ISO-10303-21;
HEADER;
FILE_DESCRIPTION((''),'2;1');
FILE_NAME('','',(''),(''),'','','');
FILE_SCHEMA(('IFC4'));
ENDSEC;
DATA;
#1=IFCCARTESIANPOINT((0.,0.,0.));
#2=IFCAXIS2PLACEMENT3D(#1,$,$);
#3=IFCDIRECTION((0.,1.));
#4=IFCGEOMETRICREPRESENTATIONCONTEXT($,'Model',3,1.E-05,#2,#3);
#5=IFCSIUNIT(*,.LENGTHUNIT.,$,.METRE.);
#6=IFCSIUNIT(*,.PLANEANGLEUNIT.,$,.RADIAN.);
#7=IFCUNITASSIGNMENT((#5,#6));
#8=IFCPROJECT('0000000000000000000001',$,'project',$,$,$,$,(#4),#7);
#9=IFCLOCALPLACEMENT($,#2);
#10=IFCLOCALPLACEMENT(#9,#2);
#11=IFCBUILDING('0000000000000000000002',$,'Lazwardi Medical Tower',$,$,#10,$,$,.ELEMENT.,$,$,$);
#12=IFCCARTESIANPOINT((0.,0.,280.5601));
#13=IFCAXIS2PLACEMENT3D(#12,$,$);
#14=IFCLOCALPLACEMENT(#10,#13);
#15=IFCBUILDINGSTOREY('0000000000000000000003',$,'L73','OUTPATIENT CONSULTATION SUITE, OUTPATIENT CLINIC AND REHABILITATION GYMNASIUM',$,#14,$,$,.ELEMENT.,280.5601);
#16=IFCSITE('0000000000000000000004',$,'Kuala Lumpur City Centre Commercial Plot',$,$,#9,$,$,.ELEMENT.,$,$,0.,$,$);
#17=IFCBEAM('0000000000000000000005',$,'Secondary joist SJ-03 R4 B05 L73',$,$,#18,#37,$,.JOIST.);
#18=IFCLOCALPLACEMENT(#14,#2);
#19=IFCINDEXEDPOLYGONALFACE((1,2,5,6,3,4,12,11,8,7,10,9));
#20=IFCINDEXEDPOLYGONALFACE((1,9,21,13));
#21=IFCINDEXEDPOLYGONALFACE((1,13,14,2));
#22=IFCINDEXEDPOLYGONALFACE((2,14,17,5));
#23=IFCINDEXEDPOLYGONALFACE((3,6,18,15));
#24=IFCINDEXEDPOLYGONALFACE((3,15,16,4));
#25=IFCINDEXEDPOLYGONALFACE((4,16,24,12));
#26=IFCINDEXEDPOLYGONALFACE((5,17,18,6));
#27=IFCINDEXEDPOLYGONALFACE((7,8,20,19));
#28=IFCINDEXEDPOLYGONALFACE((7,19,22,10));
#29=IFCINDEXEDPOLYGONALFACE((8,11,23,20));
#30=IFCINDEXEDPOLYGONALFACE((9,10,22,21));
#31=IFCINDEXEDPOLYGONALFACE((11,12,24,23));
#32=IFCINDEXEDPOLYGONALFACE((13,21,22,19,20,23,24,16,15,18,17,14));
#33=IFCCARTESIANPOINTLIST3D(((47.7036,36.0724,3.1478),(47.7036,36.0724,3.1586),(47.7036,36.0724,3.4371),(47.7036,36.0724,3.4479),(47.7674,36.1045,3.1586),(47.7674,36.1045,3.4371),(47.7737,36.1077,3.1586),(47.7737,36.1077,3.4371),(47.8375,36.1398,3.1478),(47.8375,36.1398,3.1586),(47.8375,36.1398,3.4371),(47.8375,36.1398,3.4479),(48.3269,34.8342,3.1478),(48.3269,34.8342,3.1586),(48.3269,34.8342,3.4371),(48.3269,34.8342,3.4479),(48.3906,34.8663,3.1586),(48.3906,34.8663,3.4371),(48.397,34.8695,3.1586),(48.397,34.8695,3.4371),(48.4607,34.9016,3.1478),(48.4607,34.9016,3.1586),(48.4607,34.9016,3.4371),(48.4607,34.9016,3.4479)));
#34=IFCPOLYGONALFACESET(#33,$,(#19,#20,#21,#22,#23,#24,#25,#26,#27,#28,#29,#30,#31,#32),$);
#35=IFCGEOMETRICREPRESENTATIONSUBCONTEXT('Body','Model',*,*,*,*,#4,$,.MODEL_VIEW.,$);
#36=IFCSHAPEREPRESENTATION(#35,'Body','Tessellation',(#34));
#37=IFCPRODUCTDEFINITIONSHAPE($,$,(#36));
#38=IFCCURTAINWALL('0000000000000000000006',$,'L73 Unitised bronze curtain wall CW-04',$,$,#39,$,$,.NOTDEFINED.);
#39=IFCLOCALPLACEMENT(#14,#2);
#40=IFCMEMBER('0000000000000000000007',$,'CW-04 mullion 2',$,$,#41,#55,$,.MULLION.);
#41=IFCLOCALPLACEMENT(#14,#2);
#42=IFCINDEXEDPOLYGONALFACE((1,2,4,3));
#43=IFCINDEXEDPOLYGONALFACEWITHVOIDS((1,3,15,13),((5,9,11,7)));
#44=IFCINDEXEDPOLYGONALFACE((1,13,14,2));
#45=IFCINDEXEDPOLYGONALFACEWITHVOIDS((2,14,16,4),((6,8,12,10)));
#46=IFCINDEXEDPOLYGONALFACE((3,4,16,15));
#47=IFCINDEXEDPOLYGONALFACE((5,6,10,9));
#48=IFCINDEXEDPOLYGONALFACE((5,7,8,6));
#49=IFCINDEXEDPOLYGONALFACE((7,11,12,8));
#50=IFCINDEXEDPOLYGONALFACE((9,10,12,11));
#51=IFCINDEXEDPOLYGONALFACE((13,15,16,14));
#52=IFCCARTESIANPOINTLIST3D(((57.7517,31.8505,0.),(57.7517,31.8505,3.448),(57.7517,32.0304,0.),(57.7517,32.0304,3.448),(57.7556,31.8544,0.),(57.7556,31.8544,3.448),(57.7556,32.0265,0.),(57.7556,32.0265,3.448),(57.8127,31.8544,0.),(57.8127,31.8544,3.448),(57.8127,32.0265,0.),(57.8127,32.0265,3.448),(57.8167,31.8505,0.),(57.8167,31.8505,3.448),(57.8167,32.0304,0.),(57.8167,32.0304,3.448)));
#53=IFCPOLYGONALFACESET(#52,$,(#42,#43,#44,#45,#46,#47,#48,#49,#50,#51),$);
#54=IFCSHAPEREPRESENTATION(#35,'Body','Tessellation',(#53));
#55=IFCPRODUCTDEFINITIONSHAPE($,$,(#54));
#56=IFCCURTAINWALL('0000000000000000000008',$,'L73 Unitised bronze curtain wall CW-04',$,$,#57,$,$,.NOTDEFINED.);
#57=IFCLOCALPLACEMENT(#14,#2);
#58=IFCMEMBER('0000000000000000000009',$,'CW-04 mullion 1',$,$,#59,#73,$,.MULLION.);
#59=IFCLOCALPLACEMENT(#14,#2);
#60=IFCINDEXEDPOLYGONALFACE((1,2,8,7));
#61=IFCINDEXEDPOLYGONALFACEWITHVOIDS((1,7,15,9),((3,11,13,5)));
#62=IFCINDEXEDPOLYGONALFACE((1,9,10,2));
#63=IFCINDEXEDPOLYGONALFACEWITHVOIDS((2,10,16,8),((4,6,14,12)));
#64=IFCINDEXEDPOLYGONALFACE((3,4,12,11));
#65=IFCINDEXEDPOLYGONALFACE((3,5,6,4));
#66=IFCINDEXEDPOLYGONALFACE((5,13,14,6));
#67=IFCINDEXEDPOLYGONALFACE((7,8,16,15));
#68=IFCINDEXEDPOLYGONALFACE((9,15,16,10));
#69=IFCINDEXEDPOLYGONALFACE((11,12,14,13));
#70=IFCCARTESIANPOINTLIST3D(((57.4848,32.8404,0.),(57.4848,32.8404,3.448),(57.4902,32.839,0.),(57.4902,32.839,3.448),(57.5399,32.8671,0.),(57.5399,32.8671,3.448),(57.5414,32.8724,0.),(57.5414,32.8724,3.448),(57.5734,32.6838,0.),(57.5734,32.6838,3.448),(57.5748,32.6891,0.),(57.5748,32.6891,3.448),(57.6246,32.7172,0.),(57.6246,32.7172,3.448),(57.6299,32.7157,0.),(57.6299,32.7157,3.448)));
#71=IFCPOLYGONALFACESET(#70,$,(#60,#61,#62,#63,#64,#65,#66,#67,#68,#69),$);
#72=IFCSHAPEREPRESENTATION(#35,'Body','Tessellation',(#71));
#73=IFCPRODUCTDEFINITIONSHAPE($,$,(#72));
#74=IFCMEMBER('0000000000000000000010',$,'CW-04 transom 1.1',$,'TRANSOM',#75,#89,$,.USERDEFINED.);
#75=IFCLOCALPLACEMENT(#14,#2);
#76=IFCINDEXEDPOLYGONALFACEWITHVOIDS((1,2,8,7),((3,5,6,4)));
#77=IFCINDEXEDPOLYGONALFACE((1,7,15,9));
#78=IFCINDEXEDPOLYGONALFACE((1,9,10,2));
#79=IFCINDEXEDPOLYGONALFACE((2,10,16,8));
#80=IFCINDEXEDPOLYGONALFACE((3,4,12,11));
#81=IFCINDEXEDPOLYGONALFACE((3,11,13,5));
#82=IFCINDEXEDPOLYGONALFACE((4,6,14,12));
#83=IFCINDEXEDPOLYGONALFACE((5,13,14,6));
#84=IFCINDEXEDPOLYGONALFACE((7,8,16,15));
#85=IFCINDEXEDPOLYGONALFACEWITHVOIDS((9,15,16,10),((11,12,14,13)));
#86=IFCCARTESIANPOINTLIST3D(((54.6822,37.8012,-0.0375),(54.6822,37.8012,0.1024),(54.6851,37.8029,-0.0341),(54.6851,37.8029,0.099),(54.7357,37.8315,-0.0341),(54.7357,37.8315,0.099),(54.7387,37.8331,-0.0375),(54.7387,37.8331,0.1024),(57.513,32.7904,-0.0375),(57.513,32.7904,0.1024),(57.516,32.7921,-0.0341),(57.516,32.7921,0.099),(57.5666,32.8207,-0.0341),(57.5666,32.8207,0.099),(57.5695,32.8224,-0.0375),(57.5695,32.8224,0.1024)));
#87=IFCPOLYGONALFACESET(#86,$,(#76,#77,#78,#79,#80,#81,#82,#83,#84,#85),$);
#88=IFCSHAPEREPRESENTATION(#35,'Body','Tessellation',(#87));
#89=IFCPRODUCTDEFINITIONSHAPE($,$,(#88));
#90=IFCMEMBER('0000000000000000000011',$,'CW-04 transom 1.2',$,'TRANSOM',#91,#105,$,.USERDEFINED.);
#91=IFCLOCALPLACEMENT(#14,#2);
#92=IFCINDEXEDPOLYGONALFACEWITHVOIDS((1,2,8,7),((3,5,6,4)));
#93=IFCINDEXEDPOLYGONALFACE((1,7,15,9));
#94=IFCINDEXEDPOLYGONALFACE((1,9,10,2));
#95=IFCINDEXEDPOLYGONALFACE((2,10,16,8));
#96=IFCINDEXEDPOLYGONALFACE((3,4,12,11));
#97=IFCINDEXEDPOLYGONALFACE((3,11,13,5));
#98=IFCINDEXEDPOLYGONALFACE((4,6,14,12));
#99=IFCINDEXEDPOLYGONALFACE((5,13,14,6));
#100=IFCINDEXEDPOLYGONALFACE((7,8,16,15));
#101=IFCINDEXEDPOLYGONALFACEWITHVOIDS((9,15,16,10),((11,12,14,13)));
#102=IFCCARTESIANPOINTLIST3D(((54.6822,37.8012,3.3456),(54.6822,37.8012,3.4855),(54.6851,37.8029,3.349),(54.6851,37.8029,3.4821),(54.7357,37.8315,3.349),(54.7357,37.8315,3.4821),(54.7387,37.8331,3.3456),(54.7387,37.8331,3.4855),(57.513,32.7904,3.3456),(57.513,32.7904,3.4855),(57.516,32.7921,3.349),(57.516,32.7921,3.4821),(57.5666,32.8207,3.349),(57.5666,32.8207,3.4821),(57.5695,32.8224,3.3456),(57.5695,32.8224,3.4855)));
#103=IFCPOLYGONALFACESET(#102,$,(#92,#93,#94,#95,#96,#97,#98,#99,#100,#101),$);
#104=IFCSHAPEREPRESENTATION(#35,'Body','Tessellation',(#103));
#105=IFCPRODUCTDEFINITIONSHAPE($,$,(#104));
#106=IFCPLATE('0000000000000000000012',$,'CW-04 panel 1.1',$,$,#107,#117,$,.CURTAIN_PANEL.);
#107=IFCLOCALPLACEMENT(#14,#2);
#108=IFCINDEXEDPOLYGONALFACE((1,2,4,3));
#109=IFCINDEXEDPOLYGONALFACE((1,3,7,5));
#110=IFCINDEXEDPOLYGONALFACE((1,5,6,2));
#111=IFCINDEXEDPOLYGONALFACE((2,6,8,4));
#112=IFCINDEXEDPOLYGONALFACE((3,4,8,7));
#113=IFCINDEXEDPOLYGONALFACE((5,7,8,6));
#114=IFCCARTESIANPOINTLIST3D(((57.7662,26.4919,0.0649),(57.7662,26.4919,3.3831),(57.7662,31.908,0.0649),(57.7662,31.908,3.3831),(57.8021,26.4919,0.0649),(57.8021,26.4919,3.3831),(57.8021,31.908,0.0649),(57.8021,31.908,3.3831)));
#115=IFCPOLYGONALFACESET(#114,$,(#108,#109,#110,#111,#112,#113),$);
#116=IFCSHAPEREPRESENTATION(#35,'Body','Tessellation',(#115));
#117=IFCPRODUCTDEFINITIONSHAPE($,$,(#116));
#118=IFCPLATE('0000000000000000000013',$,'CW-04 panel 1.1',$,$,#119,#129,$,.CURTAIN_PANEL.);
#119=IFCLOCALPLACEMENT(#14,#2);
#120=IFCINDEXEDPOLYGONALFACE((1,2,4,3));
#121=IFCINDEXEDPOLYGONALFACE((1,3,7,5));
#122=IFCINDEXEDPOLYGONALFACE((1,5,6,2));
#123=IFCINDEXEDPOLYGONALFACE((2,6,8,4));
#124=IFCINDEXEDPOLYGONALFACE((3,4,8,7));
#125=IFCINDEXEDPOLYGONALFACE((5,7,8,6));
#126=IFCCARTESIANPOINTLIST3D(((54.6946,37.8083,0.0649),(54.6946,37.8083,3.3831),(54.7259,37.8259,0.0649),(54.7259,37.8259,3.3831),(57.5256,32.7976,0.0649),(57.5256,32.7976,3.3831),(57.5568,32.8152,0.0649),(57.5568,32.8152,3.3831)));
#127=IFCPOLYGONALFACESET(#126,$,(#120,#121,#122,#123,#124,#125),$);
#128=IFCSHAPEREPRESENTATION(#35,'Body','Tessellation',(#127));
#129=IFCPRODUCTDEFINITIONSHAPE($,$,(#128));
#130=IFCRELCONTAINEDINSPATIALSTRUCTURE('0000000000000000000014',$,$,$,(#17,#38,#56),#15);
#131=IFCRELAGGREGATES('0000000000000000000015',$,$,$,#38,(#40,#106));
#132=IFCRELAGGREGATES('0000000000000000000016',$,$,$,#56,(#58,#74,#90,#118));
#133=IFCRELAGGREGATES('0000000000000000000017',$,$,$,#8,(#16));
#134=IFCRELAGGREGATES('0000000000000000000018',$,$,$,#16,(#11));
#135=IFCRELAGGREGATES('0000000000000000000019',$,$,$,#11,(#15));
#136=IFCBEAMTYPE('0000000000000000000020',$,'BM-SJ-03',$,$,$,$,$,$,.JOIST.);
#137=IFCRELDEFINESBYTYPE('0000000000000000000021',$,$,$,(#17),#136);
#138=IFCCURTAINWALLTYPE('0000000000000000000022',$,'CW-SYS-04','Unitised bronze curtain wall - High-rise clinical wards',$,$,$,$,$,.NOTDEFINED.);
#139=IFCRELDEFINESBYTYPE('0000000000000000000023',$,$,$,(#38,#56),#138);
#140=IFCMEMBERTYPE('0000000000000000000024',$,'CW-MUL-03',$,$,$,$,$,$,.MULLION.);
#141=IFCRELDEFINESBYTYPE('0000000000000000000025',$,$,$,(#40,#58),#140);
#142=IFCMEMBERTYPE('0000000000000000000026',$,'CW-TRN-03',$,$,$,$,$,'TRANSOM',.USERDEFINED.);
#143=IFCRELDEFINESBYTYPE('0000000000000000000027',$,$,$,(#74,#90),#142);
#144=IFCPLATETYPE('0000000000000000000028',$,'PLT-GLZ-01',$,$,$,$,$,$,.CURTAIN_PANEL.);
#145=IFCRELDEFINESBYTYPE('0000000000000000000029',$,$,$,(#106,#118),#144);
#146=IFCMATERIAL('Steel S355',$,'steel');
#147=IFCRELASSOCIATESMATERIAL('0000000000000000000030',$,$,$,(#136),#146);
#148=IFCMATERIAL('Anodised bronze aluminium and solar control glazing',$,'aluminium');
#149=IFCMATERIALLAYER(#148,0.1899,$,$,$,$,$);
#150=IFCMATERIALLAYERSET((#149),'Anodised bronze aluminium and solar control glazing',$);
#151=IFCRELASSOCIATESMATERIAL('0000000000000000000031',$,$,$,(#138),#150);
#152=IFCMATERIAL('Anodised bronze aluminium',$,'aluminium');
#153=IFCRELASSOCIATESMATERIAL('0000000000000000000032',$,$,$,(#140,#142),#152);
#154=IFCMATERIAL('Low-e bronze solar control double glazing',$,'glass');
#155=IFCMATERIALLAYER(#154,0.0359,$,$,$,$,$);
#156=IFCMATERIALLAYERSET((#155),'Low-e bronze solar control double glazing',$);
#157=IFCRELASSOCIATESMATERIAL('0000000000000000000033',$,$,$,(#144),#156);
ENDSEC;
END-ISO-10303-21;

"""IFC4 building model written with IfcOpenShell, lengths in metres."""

from ifc_helpers import new_model, si_unit, direction, frame, origin, origin_2d, place, context, subcontext, project, spatial, rectangle, hollow_rectangle, i_section, extrude, material, layer, layer_set, material_profile, profile_set, type_object, element, aggregate, save


model = new_model("IFC4")

# Units and contexts
model_context = context("Model", 3, precision=1e-05, world=origin(), true_north=direction((0.0, 1.0)))
body_context = subcontext(model_context, "Body", "Model", "MODEL_VIEW")
ifc_project = project(units=[si_unit("LENGTHUNIT", "METRE"), si_unit("PLANEANGLEUNIT", "RADIAN")], contexts=[model_context])

# Site, building, storey
site_placement = place(None, origin())
site = spatial("IfcSite", under=ifc_project, at=site_placement, Name="Kuala Lumpur City Centre Commercial Plot", CompositionType="ELEMENT", RefElevation=0.0)
building_placement = place(site_placement, origin())
building = spatial("IfcBuilding", under=site, at=building_placement, Name="Lazwardi Medical Tower", CompositionType="ELEMENT")
storey_placement = place(building_placement, frame((0.0, 0.0, 280.5601)))
storey = spatial("IfcBuildingStorey", under=building, at=storey_placement, Name="L73", Description="OUTPATIENT CONSULTATION SUITE, OUTPATIENT CLINIC AND REHABILITATION GYMNASIUM", CompositionType="ELEMENT", Elevation=280.5601)

# Beam
ifc_material_1 = material(Name="Steel S355", Category="steel")
ifc_material_profile_1 = material_profile(ifc_material_1, i_section(OverallWidth=0.1499, OverallDepth=0.3, WebThickness=0.0071, FlangeThickness=0.0107, at=origin_2d()), Name="IPE 300")
ifc_profile_set_1 = profile_set([ifc_material_profile_1], Name="Steel S355")
beam_type_1 = type_object("IfcBeamType", Name="BM-SJ-03", PredefinedType="JOIST", material=ifc_profile_set_1)
beam_1_placement = place(storey_placement, frame((48.3938, 34.8679, 3.2979), z_axis=(-0.449607, 0.893226, 0.0), x_axis=(-0.893226, -0.449607, 0.0)))
element("IfcBeam", 1, at=beam_1_placement, inside=storey, type_object=beam_type_1, Name="Secondary joist SJ-03 R4 B05 L73", PredefinedType="JOIST", context=body_context, shape_type="SweptSolid", body=[
    extrude(i_section(OverallWidth=0.1499, OverallDepth=0.3, WebThickness=0.0071, FlangeThickness=0.0107, at=origin_2d()), origin(), (0.0, 0.0, 1.0), 1.3862),
])

# Curtain wall, member
ifc_material_2 = material(Name="Anodised bronze aluminium and solar control glazing", Category="aluminium")
ifc_layer_1 = layer(ifc_material_2, 0.1899)
ifc_layer_set_1 = layer_set([ifc_layer_1], Name="Anodised bronze aluminium and solar control glazing")
curtain_wall_type = type_object("IfcCurtainWallType", Name="CW-SYS-04", Description="Unitised bronze curtain wall - High-rise clinical wards", PredefinedType="NOTDEFINED", material=ifc_layer_set_1)
curtain_wall_1_placement = place(storey_placement, origin())
curtain_wall_1 = element("IfcCurtainWall", 2, at=curtain_wall_1_placement, inside=storey, type_object=curtain_wall_type, Name="L73 Unitised bronze curtain wall CW-04", PredefinedType="NOTDEFINED")
ifc_material_3 = material(Name="Anodised bronze aluminium", Category="aluminium")
ifc_material_profile_2 = material_profile(ifc_material_3, hollow_rectangle(XDim=0.0649, YDim=0.1799, WallThickness=0.0039, at=origin_2d()), Name="ALU-MULLION 180x65x4")
ifc_profile_set_2 = profile_set([ifc_material_profile_2], Name="Anodised bronze aluminium")
member_type_1 = type_object("IfcMemberType", Name="CW-MUL-03", PredefinedType="MULLION", material=ifc_profile_set_2)
member_1_placement = place(storey_placement, frame((57.7842, 31.9404, 0.0), z_axis=(0.0, 0.0, 1.0), x_axis=(-1.0, 0.0, 0.0)))
member_1 = element("IfcMember", 3, at=member_1_placement, type_object=member_type_1, Name="CW-04 mullion 2", PredefinedType="MULLION", context=body_context, shape_type="SweptSolid", body=[
    extrude(hollow_rectangle(XDim=0.0649, YDim=0.1799, WallThickness=0.0039, at=origin_2d()), origin(), (0.0, 0.0, 1.0), 3.448),
])

# Curtain wall, members
curtain_wall_2_placement = place(storey_placement, origin())
curtain_wall_2 = element("IfcCurtainWall", 4, at=curtain_wall_2_placement, inside=storey, type_object=curtain_wall_type, Name="L73 Unitised bronze curtain wall CW-04", PredefinedType="NOTDEFINED")
member_2_placement = place(storey_placement, frame((57.5574, 32.7781, 0.0), z_axis=(0.0, 0.0, 1.0), x_axis=(-0.870651, -0.4919, 0.0)))
member_2 = element("IfcMember", 5, at=member_2_placement, type_object=member_type_1, Name="CW-04 mullion 1", PredefinedType="MULLION", context=body_context, shape_type="SweptSolid", body=[
    extrude(hollow_rectangle(XDim=0.0649, YDim=0.1799, WallThickness=0.0039, at=origin_2d()), origin(), (0.0, 0.0, 1.0), 3.448),
])
ifc_material_profile_3 = material_profile(ifc_material_3, hollow_rectangle(XDim=0.0649, YDim=0.1399, WallThickness=0.0034, at=origin_2d()), Name="ALU-TRANSOM 140x65x3.5")
ifc_profile_set_3 = profile_set([ifc_material_profile_3], Name="Anodised bronze aluminium")
member_type_2 = type_object("IfcMemberType", Name="CW-TRN-03", ElementType="TRANSOM", PredefinedType="USERDEFINED", material=ifc_profile_set_3)
member_3_placement = place(storey_placement, frame((57.5413, 32.8064, 0.0325), z_axis=(-0.49188, 0.870663, 0.0), x_axis=(-0.870663, -0.49188, 0.0)))
member_3 = element("IfcMember", 6, at=member_3_placement, type_object=member_type_2, Name="CW-04 transom 1.1", ObjectType="TRANSOM", PredefinedType="USERDEFINED", context=body_context, shape_type="SweptSolid", body=[
    extrude(hollow_rectangle(XDim=0.0649, YDim=0.1399, WallThickness=0.0034, at=origin_2d()), origin(), (0.0, 0.0, 1.0), 5.7551),
])
member_4_placement = place(storey_placement, frame((57.5413, 32.8064, 3.4155), z_axis=(-0.49188, 0.870663, 0.0), x_axis=(-0.870663, -0.49188, 0.0)))
member_4 = element("IfcMember", 7, at=member_4_placement, type_object=member_type_2, Name="CW-04 transom 1.2", ObjectType="TRANSOM", PredefinedType="USERDEFINED", context=body_context, shape_type="SweptSolid", body=[
    extrude(hollow_rectangle(XDim=0.0649, YDim=0.1399, WallThickness=0.0034, at=origin_2d()), origin(), (0.0, 0.0, 1.0), 5.7551),
])

# Plates
ifc_material_4 = material(Name="Low-e bronze solar control double glazing", Category="glass")
ifc_layer_2 = layer(ifc_material_4, 0.0359)
ifc_layer_set_2 = layer_set([ifc_layer_2], Name="Low-e bronze solar control double glazing")
plate_type = type_object("IfcPlateType", Name="PLT-GLZ-01", PredefinedType="CURTAIN_PANEL", material=ifc_layer_set_2)
plate_1_placement = place(storey_placement, frame((57.7842, 29.2, 0.0649), z_axis=(0.0, 0.0, 1.0), x_axis=(0.0, 1.0, 0.0)))
plate_1 = element("IfcPlate", 8, at=plate_1_placement, type_object=plate_type, Name="CW-04 panel 1.1", PredefinedType="CURTAIN_PANEL", context=body_context, shape_type="SweptSolid", body=[
    extrude(rectangle(XDim=5.416, YDim=0.0359, at=origin_2d()), origin(), (0.0, 0.0, 1.0), 3.3181),
])
aggregate(curtain_wall_1, [member_1, plate_1])
plate_2_placement = place(storey_placement, frame((56.1257, 35.3118, 0.0649), z_axis=(0.0, 0.0, 1.0), x_axis=(-0.4919, 0.870651, 0.0)))
plate_2 = element("IfcPlate", 9, at=plate_2_placement, type_object=plate_type, Name="CW-04 panel 1.1", PredefinedType="CURTAIN_PANEL", context=body_context, shape_type="SweptSolid", body=[
    extrude(rectangle(XDim=5.7551, YDim=0.0359, at=origin_2d()), origin(), (0.0, 0.0, 1.0), 3.3181),
])
aggregate(curtain_wall_2, [member_2, member_3, member_4, plate_2])

save(model, "model.ifc")
